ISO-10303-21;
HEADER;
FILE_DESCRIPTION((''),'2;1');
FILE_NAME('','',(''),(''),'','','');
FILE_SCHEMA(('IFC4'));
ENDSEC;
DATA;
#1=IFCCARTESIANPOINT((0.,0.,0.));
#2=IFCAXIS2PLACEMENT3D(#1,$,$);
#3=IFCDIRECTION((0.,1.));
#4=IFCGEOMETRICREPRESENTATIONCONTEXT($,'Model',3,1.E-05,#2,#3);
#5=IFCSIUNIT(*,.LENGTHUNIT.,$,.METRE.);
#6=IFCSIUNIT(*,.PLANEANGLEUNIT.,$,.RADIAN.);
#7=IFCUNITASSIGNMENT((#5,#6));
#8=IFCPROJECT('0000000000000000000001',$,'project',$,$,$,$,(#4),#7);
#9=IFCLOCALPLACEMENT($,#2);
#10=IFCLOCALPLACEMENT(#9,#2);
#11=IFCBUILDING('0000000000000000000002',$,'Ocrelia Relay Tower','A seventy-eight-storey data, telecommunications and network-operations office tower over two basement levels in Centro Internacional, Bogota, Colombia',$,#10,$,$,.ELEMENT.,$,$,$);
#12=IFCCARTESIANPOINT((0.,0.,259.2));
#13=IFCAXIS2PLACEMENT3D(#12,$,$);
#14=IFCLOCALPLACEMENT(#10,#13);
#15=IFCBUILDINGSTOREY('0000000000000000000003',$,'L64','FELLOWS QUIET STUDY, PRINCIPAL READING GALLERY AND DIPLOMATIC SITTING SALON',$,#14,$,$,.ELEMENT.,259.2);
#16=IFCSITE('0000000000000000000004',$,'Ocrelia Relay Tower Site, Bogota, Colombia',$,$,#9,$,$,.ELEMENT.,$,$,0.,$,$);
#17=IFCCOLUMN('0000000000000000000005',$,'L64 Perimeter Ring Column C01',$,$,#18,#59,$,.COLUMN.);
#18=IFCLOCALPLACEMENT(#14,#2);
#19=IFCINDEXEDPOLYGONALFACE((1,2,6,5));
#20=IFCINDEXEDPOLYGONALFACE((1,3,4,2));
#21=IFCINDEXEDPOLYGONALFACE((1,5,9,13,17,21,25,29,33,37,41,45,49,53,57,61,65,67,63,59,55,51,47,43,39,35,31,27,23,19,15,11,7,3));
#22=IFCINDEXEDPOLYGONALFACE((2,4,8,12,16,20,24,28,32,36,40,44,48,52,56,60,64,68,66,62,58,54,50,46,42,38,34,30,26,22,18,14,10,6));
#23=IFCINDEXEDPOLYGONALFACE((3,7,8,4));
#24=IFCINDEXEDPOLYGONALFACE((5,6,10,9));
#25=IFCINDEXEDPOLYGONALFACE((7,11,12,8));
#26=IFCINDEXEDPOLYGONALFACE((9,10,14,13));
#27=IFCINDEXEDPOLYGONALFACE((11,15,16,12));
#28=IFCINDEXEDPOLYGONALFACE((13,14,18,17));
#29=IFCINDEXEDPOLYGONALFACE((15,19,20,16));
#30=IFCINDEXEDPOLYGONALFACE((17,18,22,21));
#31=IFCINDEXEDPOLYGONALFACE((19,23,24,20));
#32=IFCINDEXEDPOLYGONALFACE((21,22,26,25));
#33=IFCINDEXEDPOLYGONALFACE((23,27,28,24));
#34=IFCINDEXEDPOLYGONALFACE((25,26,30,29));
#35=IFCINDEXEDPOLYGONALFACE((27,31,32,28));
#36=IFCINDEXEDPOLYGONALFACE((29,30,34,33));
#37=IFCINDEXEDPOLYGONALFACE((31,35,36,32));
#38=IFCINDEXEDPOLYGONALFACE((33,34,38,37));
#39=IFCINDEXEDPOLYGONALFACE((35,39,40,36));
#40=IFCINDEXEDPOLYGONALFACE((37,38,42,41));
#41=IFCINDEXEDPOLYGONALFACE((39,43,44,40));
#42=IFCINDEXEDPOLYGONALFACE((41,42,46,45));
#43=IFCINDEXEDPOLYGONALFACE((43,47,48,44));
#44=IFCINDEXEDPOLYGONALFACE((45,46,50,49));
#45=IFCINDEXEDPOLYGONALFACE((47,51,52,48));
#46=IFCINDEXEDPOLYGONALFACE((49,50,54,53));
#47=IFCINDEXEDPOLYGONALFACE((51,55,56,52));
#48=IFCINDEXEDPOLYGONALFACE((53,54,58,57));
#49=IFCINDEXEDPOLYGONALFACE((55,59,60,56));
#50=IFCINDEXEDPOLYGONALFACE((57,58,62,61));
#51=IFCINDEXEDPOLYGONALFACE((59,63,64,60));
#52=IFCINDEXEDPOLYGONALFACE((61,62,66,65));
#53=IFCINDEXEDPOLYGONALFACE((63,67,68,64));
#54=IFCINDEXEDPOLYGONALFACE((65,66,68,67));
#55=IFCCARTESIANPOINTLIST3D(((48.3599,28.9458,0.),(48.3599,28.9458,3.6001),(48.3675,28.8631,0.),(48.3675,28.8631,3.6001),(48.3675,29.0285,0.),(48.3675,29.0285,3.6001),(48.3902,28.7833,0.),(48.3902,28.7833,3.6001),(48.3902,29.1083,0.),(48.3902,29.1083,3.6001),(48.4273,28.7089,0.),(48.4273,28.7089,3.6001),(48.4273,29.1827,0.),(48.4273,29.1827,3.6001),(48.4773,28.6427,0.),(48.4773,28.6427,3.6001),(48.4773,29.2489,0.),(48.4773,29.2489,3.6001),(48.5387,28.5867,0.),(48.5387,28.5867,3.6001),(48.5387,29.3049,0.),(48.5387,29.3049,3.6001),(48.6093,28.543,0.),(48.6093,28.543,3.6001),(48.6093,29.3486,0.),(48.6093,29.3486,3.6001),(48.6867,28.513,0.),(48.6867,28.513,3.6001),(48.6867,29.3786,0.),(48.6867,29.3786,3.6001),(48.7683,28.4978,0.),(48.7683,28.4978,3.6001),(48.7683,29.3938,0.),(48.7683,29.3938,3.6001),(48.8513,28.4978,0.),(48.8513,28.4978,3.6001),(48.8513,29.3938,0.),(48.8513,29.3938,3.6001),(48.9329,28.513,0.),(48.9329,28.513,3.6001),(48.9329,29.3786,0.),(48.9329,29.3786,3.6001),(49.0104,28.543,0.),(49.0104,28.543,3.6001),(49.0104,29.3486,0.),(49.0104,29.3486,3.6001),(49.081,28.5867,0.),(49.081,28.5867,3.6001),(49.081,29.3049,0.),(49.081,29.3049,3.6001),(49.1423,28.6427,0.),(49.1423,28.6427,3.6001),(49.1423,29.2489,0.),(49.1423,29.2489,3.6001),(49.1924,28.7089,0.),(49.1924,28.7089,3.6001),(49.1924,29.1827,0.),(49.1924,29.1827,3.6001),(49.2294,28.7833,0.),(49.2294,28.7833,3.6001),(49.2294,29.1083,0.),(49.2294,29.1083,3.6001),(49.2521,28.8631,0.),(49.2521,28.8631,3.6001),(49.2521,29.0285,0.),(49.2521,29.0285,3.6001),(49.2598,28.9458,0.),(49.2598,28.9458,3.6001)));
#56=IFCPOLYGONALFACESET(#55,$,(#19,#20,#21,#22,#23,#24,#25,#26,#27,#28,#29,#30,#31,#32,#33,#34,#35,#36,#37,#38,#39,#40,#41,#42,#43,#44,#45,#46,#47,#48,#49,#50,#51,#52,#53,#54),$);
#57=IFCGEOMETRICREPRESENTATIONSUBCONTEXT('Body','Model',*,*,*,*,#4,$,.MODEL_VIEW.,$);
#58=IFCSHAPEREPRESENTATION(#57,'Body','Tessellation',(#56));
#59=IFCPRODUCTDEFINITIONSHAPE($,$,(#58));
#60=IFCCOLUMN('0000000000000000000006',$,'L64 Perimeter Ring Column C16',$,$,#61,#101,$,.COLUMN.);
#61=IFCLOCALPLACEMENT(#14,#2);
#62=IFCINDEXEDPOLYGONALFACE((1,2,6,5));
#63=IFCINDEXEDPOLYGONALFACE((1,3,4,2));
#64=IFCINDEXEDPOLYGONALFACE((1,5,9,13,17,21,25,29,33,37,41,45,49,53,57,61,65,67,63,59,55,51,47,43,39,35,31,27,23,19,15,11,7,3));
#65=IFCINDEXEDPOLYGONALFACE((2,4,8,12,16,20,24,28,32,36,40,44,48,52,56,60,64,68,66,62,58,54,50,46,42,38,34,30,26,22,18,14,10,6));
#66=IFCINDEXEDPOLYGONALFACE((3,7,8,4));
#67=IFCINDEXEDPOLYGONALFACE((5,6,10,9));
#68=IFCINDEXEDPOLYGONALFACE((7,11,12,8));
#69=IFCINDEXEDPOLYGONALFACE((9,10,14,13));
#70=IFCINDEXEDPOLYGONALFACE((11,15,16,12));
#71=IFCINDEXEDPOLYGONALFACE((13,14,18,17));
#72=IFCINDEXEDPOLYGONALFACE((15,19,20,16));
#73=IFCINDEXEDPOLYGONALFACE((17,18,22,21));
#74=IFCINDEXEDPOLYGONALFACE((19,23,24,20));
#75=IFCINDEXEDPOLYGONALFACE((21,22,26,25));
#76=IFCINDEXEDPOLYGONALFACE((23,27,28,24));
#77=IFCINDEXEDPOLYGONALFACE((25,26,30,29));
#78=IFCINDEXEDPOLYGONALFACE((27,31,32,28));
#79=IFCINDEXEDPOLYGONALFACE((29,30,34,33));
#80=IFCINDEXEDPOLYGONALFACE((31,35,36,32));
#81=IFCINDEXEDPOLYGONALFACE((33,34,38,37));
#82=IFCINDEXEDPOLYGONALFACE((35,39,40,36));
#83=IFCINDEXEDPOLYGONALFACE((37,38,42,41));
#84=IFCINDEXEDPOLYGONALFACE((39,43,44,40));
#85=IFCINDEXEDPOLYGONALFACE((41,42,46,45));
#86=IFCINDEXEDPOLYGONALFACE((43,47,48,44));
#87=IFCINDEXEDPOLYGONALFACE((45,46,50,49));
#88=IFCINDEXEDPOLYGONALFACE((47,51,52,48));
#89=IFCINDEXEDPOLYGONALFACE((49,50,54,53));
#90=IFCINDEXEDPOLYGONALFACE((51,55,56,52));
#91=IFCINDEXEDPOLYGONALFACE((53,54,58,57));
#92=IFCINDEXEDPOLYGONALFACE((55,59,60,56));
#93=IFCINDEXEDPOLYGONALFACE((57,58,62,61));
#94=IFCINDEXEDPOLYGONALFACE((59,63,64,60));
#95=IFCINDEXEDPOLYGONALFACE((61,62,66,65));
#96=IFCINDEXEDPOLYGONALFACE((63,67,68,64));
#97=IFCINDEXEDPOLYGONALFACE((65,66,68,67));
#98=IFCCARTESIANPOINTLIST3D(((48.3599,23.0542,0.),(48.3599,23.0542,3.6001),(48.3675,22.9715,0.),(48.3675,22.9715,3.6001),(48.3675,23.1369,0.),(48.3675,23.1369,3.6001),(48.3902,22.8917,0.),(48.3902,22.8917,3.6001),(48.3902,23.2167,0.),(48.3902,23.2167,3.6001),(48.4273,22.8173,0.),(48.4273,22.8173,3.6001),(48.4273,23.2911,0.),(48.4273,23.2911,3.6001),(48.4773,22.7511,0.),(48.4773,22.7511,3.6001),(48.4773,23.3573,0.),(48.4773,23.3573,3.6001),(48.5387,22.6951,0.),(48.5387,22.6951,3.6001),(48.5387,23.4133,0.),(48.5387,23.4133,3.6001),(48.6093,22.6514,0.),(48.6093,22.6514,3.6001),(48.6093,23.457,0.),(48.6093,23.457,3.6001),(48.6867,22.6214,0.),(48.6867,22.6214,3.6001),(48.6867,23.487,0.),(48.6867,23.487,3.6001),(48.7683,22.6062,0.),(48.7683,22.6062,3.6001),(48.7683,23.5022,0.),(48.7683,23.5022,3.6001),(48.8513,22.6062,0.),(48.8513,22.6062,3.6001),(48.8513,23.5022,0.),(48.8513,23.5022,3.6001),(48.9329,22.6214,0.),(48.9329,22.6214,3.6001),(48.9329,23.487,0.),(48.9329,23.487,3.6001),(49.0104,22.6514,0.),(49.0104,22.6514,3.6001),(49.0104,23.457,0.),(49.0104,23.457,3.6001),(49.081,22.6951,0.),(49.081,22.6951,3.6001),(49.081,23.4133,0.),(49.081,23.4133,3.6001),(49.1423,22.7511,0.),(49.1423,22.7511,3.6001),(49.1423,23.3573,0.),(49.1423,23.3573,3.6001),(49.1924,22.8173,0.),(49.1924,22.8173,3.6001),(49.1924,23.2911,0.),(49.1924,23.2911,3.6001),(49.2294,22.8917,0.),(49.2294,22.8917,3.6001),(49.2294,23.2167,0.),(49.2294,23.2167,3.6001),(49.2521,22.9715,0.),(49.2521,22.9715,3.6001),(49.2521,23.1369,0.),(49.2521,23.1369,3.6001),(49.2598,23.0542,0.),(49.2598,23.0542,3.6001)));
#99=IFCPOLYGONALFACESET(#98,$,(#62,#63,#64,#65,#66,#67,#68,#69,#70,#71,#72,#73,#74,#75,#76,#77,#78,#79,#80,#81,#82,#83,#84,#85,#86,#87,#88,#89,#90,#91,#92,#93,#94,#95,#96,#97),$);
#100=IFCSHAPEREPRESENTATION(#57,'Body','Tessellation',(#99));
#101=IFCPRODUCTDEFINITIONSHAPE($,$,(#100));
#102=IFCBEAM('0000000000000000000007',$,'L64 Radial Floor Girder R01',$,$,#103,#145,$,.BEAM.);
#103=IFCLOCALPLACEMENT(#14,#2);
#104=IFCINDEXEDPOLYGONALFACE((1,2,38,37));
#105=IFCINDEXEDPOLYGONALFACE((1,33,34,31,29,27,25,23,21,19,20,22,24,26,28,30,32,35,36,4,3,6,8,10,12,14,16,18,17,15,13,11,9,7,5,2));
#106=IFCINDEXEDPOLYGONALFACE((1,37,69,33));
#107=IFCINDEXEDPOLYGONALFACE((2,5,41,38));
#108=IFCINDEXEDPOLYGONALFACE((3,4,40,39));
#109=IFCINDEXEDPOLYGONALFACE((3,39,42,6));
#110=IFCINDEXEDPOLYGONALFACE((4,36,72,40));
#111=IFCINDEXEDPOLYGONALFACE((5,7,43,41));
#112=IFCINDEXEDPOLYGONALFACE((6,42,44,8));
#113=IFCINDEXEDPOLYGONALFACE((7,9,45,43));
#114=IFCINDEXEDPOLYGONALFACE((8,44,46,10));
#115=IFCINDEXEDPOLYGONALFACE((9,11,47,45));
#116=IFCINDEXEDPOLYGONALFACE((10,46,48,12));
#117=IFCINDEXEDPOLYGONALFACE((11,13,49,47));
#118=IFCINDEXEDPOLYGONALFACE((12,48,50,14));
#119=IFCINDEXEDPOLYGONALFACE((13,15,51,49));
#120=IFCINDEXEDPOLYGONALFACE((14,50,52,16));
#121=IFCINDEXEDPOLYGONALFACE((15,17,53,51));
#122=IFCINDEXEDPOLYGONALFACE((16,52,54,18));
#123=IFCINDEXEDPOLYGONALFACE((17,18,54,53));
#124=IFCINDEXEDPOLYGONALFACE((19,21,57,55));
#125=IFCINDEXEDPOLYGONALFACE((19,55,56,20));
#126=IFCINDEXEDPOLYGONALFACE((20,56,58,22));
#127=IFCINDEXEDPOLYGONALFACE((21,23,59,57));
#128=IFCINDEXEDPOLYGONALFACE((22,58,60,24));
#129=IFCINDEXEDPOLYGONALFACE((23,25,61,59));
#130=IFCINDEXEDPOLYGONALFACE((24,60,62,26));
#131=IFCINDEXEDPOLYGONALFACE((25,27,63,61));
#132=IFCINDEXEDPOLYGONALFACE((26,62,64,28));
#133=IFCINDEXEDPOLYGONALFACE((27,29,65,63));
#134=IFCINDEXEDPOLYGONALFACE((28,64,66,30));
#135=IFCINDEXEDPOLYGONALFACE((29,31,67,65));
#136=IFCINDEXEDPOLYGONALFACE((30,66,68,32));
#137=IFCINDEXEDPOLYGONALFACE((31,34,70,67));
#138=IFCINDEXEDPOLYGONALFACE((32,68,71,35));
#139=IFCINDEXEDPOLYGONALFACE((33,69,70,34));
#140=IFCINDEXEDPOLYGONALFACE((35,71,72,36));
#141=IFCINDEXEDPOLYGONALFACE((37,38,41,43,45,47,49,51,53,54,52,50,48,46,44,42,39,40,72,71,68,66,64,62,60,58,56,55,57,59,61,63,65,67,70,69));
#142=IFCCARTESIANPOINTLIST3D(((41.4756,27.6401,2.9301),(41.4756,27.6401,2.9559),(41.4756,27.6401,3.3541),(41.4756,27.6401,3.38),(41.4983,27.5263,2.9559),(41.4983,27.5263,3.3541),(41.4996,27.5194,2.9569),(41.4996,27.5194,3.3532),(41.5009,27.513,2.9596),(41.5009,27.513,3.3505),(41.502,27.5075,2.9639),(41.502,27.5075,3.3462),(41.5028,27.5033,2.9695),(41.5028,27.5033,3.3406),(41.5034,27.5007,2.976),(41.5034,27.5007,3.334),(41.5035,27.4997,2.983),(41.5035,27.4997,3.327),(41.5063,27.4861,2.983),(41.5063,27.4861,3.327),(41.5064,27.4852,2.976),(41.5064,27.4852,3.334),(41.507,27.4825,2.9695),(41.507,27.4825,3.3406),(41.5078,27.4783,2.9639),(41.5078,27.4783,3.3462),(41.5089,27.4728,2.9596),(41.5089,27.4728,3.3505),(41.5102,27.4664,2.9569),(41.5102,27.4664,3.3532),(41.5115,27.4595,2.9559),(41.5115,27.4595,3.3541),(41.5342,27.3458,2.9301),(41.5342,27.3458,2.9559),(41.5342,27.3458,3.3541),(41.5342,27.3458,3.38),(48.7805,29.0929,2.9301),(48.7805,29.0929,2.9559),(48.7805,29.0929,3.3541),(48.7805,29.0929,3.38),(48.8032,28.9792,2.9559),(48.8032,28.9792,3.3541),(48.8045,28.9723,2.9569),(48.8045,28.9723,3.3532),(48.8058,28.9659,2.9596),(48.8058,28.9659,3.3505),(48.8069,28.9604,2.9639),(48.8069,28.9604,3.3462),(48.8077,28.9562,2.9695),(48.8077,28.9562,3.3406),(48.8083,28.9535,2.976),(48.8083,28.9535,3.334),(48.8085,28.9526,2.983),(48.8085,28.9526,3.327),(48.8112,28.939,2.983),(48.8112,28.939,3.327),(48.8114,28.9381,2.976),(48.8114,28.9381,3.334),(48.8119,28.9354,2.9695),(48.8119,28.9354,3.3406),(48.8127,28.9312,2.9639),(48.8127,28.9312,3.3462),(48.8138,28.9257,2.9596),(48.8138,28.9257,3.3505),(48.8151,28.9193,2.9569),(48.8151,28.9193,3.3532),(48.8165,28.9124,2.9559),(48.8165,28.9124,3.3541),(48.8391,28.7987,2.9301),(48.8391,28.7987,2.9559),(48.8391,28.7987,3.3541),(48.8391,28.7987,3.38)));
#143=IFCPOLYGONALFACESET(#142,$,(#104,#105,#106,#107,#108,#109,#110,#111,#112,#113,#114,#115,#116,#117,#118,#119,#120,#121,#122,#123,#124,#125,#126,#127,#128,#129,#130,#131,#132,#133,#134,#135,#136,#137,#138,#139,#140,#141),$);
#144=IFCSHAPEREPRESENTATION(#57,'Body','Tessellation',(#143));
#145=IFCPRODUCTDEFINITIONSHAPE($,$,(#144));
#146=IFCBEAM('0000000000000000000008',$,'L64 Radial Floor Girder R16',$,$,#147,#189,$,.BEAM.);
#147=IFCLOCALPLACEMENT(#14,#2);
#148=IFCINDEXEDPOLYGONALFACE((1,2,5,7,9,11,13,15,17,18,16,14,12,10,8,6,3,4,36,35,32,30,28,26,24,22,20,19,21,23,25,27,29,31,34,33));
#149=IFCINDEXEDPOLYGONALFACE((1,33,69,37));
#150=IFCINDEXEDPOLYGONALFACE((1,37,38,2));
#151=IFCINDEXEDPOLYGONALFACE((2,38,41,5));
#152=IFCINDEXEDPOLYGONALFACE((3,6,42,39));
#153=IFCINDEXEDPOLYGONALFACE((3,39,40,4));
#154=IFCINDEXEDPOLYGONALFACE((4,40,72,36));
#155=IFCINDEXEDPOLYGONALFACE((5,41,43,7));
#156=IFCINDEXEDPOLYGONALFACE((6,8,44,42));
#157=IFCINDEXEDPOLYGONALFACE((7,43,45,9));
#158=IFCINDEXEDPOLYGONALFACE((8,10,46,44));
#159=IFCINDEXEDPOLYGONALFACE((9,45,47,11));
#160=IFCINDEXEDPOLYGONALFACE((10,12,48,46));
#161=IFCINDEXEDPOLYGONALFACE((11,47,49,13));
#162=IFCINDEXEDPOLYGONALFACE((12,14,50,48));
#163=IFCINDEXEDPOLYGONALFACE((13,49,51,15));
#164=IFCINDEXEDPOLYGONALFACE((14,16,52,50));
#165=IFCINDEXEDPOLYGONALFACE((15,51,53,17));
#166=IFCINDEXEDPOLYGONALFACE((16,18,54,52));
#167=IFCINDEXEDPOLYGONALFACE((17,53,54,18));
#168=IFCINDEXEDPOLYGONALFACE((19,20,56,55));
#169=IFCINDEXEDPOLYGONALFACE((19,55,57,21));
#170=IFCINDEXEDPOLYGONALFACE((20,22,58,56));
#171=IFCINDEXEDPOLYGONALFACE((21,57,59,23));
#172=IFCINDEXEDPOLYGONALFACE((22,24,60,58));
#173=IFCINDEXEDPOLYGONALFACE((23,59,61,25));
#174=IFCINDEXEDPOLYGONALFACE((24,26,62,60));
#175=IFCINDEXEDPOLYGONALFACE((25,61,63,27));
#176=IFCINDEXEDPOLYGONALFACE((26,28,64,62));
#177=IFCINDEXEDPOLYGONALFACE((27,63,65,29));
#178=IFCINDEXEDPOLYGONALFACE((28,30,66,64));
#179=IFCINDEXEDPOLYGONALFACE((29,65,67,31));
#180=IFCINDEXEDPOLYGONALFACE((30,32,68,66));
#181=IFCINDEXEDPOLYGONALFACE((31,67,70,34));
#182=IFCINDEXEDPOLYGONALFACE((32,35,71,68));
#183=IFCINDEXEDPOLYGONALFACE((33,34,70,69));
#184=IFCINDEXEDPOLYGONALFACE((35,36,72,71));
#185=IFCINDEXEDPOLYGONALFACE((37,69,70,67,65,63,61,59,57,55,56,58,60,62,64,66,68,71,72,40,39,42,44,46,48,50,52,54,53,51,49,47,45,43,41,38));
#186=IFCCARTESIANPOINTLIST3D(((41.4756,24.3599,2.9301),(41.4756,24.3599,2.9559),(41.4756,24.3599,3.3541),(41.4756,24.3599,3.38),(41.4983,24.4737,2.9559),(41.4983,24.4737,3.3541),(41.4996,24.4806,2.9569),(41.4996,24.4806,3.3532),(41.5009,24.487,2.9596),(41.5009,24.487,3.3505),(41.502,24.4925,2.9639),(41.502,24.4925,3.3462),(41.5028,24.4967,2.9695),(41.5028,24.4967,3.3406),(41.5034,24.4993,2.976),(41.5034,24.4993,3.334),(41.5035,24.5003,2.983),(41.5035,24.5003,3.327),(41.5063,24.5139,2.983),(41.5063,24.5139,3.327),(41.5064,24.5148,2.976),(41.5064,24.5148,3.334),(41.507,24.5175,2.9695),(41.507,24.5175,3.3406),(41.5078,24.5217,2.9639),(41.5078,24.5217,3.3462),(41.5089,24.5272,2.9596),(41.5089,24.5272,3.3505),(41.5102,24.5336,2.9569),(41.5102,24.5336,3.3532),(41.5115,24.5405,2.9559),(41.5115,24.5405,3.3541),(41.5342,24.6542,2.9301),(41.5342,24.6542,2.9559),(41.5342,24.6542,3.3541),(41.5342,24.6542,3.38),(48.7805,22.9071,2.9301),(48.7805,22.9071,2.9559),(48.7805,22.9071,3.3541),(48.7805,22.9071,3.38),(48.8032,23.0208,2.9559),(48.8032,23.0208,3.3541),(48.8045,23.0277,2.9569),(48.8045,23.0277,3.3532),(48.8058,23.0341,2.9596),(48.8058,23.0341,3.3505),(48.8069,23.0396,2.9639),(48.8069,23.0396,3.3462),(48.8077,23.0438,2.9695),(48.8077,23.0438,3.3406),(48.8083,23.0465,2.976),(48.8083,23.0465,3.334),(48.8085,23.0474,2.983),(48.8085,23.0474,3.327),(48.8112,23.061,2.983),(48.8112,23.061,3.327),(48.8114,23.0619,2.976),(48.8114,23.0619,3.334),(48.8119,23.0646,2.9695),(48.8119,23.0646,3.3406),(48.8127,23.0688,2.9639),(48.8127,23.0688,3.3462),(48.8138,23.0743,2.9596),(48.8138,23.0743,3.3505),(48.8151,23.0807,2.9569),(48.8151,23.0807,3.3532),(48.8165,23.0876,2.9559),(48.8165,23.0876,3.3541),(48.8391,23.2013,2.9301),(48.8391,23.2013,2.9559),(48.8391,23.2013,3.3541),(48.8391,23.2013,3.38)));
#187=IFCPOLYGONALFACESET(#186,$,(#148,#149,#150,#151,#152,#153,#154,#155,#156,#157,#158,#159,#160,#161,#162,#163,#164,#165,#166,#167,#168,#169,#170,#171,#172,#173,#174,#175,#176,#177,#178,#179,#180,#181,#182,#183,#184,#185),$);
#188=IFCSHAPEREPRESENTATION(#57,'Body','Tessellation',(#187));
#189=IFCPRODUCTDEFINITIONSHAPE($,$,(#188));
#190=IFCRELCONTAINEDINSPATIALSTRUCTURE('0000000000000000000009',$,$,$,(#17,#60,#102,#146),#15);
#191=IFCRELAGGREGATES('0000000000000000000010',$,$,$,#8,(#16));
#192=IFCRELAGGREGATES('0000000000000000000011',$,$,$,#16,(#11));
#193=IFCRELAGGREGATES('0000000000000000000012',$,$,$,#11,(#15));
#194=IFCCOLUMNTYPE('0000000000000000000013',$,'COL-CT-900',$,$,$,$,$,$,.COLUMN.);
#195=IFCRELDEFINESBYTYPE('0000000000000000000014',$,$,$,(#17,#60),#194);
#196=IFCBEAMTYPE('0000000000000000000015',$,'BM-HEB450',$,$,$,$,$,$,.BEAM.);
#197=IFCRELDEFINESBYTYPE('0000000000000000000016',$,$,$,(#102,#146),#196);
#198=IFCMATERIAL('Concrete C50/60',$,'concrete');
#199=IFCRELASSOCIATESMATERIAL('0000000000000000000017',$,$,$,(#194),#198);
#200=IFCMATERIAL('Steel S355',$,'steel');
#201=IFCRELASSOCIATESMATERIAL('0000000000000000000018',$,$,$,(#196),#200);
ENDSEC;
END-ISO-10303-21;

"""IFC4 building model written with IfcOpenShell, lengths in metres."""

from ifc_helpers import new_model, si_unit, direction, frame, origin, origin_2d, place, context, subcontext, project, spatial, circle, i_section, extrude, material, material_profile, profile_set, type_object, element, save


model = new_model("IFC4")

# Units and contexts
model_context = context("Model", 3, precision=1e-05, world=origin(), true_north=direction((0.0, 1.0)))
body_context = subcontext(model_context, "Body", "Model", "MODEL_VIEW")
ifc_project = project(units=[si_unit("LENGTHUNIT", "METRE"), si_unit("PLANEANGLEUNIT", "RADIAN")], contexts=[model_context])

# Site, building, storey
site_placement = place(None, origin())
site = spatial("IfcSite", under=ifc_project, at=site_placement, Name="Ocrelia Relay Tower Site, Bogota, Colombia", CompositionType="ELEMENT", RefElevation=0.0)
building_placement = place(site_placement, origin())
building = spatial("IfcBuilding", under=site, at=building_placement, Name="Ocrelia Relay Tower", Description="A seventy-eight-storey data, telecommunications and network-operations office tower over two basement levels in Centro Internacional, Bogota, Colombia", CompositionType="ELEMENT")
storey_placement = place(building_placement, frame((0.0, 0.0, 259.2)))
storey = spatial("IfcBuildingStorey", under=building, at=storey_placement, Name="L64", Description="FELLOWS QUIET STUDY, PRINCIPAL READING GALLERY AND DIPLOMATIC SITTING SALON", CompositionType="ELEMENT", Elevation=259.2)

# Columns
ifc_material_1 = material(Name="Concrete C50/60", Category="concrete")
ifc_material_profile_1 = material_profile(ifc_material_1, circle(Radius=0.45, at=origin_2d()), Name="RC-CIR-900")
ifc_profile_set_1 = profile_set([ifc_material_profile_1], Name="Concrete C50/60")
column_type = type_object("IfcColumnType", Name="COL-CT-900", PredefinedType="COLUMN", material=ifc_profile_set_1)
for number, where, z_axis, x_axis, name in (
    (1, (48.8098, 28.9458, 0.0), (0.0, 0.0, 1.0), (1.0, 0.0, 0.0), "L64 Perimeter Ring Column C01"),
    (2, (48.8098, 23.0542, 0.0), (0.0, 0.0, 1.0), (1.0, 0.0, 0.0), "L64 Perimeter Ring Column C16"),
):
    element("IfcColumn", number, at=place(storey_placement, frame(where, z_axis=z_axis, x_axis=x_axis)), inside=storey, type_object=column_type, Name=name, PredefinedType="COLUMN", context=body_context, shape_type="SweptSolid", body=[
        extrude(circle(Radius=0.45, at=origin_2d()), origin(), (0.0, 0.0, 1.0), 3.6001),
    ])

# Beams
ifc_material_2 = material(Name="Steel S355", Category="steel")
ifc_material_profile_2 = material_profile(ifc_material_2, i_section(OverallWidth=0.3, OverallDepth=0.45, WebThickness=0.0139, FlangeThickness=0.0259, FilletRadius=0.0271, at=origin_2d()), Name="HEB 450")
ifc_profile_set_2 = profile_set([ifc_material_profile_2], Name="Steel S355")
beam_type_1 = type_object("IfcBeamType", Name="BM-HEB450", PredefinedType="BEAM", material=ifc_profile_set_2)
for number, where, z_axis, x_axis, name in (
    (3, (48.8098, 28.9458, 3.155), (-0.980789, -0.19507, 0.0), (0.19507, -0.980789, 0.0), "L64 Radial Floor Girder R01"),
    (4, (48.8098, 23.0542, 3.155), (-0.980789, 0.19507, 0.0), (-0.19507, -0.980789, 0.0), "L64 Radial Floor Girder R16"),
):
    element("IfcBeam", number, at=place(storey_placement, frame(where, z_axis=z_axis, x_axis=x_axis)), inside=storey, type_object=beam_type_1, Name=name, PredefinedType="BEAM", context=body_context, shape_type="SweptSolid", body=[
        extrude(i_section(OverallWidth=0.3, OverallDepth=0.45, WebThickness=0.0139, FlangeThickness=0.0259, FilletRadius=0.0271, at=origin_2d()), origin(), (0.0, 0.0, 1.0), 7.448),
    ])

save(model, "model.ifc")
